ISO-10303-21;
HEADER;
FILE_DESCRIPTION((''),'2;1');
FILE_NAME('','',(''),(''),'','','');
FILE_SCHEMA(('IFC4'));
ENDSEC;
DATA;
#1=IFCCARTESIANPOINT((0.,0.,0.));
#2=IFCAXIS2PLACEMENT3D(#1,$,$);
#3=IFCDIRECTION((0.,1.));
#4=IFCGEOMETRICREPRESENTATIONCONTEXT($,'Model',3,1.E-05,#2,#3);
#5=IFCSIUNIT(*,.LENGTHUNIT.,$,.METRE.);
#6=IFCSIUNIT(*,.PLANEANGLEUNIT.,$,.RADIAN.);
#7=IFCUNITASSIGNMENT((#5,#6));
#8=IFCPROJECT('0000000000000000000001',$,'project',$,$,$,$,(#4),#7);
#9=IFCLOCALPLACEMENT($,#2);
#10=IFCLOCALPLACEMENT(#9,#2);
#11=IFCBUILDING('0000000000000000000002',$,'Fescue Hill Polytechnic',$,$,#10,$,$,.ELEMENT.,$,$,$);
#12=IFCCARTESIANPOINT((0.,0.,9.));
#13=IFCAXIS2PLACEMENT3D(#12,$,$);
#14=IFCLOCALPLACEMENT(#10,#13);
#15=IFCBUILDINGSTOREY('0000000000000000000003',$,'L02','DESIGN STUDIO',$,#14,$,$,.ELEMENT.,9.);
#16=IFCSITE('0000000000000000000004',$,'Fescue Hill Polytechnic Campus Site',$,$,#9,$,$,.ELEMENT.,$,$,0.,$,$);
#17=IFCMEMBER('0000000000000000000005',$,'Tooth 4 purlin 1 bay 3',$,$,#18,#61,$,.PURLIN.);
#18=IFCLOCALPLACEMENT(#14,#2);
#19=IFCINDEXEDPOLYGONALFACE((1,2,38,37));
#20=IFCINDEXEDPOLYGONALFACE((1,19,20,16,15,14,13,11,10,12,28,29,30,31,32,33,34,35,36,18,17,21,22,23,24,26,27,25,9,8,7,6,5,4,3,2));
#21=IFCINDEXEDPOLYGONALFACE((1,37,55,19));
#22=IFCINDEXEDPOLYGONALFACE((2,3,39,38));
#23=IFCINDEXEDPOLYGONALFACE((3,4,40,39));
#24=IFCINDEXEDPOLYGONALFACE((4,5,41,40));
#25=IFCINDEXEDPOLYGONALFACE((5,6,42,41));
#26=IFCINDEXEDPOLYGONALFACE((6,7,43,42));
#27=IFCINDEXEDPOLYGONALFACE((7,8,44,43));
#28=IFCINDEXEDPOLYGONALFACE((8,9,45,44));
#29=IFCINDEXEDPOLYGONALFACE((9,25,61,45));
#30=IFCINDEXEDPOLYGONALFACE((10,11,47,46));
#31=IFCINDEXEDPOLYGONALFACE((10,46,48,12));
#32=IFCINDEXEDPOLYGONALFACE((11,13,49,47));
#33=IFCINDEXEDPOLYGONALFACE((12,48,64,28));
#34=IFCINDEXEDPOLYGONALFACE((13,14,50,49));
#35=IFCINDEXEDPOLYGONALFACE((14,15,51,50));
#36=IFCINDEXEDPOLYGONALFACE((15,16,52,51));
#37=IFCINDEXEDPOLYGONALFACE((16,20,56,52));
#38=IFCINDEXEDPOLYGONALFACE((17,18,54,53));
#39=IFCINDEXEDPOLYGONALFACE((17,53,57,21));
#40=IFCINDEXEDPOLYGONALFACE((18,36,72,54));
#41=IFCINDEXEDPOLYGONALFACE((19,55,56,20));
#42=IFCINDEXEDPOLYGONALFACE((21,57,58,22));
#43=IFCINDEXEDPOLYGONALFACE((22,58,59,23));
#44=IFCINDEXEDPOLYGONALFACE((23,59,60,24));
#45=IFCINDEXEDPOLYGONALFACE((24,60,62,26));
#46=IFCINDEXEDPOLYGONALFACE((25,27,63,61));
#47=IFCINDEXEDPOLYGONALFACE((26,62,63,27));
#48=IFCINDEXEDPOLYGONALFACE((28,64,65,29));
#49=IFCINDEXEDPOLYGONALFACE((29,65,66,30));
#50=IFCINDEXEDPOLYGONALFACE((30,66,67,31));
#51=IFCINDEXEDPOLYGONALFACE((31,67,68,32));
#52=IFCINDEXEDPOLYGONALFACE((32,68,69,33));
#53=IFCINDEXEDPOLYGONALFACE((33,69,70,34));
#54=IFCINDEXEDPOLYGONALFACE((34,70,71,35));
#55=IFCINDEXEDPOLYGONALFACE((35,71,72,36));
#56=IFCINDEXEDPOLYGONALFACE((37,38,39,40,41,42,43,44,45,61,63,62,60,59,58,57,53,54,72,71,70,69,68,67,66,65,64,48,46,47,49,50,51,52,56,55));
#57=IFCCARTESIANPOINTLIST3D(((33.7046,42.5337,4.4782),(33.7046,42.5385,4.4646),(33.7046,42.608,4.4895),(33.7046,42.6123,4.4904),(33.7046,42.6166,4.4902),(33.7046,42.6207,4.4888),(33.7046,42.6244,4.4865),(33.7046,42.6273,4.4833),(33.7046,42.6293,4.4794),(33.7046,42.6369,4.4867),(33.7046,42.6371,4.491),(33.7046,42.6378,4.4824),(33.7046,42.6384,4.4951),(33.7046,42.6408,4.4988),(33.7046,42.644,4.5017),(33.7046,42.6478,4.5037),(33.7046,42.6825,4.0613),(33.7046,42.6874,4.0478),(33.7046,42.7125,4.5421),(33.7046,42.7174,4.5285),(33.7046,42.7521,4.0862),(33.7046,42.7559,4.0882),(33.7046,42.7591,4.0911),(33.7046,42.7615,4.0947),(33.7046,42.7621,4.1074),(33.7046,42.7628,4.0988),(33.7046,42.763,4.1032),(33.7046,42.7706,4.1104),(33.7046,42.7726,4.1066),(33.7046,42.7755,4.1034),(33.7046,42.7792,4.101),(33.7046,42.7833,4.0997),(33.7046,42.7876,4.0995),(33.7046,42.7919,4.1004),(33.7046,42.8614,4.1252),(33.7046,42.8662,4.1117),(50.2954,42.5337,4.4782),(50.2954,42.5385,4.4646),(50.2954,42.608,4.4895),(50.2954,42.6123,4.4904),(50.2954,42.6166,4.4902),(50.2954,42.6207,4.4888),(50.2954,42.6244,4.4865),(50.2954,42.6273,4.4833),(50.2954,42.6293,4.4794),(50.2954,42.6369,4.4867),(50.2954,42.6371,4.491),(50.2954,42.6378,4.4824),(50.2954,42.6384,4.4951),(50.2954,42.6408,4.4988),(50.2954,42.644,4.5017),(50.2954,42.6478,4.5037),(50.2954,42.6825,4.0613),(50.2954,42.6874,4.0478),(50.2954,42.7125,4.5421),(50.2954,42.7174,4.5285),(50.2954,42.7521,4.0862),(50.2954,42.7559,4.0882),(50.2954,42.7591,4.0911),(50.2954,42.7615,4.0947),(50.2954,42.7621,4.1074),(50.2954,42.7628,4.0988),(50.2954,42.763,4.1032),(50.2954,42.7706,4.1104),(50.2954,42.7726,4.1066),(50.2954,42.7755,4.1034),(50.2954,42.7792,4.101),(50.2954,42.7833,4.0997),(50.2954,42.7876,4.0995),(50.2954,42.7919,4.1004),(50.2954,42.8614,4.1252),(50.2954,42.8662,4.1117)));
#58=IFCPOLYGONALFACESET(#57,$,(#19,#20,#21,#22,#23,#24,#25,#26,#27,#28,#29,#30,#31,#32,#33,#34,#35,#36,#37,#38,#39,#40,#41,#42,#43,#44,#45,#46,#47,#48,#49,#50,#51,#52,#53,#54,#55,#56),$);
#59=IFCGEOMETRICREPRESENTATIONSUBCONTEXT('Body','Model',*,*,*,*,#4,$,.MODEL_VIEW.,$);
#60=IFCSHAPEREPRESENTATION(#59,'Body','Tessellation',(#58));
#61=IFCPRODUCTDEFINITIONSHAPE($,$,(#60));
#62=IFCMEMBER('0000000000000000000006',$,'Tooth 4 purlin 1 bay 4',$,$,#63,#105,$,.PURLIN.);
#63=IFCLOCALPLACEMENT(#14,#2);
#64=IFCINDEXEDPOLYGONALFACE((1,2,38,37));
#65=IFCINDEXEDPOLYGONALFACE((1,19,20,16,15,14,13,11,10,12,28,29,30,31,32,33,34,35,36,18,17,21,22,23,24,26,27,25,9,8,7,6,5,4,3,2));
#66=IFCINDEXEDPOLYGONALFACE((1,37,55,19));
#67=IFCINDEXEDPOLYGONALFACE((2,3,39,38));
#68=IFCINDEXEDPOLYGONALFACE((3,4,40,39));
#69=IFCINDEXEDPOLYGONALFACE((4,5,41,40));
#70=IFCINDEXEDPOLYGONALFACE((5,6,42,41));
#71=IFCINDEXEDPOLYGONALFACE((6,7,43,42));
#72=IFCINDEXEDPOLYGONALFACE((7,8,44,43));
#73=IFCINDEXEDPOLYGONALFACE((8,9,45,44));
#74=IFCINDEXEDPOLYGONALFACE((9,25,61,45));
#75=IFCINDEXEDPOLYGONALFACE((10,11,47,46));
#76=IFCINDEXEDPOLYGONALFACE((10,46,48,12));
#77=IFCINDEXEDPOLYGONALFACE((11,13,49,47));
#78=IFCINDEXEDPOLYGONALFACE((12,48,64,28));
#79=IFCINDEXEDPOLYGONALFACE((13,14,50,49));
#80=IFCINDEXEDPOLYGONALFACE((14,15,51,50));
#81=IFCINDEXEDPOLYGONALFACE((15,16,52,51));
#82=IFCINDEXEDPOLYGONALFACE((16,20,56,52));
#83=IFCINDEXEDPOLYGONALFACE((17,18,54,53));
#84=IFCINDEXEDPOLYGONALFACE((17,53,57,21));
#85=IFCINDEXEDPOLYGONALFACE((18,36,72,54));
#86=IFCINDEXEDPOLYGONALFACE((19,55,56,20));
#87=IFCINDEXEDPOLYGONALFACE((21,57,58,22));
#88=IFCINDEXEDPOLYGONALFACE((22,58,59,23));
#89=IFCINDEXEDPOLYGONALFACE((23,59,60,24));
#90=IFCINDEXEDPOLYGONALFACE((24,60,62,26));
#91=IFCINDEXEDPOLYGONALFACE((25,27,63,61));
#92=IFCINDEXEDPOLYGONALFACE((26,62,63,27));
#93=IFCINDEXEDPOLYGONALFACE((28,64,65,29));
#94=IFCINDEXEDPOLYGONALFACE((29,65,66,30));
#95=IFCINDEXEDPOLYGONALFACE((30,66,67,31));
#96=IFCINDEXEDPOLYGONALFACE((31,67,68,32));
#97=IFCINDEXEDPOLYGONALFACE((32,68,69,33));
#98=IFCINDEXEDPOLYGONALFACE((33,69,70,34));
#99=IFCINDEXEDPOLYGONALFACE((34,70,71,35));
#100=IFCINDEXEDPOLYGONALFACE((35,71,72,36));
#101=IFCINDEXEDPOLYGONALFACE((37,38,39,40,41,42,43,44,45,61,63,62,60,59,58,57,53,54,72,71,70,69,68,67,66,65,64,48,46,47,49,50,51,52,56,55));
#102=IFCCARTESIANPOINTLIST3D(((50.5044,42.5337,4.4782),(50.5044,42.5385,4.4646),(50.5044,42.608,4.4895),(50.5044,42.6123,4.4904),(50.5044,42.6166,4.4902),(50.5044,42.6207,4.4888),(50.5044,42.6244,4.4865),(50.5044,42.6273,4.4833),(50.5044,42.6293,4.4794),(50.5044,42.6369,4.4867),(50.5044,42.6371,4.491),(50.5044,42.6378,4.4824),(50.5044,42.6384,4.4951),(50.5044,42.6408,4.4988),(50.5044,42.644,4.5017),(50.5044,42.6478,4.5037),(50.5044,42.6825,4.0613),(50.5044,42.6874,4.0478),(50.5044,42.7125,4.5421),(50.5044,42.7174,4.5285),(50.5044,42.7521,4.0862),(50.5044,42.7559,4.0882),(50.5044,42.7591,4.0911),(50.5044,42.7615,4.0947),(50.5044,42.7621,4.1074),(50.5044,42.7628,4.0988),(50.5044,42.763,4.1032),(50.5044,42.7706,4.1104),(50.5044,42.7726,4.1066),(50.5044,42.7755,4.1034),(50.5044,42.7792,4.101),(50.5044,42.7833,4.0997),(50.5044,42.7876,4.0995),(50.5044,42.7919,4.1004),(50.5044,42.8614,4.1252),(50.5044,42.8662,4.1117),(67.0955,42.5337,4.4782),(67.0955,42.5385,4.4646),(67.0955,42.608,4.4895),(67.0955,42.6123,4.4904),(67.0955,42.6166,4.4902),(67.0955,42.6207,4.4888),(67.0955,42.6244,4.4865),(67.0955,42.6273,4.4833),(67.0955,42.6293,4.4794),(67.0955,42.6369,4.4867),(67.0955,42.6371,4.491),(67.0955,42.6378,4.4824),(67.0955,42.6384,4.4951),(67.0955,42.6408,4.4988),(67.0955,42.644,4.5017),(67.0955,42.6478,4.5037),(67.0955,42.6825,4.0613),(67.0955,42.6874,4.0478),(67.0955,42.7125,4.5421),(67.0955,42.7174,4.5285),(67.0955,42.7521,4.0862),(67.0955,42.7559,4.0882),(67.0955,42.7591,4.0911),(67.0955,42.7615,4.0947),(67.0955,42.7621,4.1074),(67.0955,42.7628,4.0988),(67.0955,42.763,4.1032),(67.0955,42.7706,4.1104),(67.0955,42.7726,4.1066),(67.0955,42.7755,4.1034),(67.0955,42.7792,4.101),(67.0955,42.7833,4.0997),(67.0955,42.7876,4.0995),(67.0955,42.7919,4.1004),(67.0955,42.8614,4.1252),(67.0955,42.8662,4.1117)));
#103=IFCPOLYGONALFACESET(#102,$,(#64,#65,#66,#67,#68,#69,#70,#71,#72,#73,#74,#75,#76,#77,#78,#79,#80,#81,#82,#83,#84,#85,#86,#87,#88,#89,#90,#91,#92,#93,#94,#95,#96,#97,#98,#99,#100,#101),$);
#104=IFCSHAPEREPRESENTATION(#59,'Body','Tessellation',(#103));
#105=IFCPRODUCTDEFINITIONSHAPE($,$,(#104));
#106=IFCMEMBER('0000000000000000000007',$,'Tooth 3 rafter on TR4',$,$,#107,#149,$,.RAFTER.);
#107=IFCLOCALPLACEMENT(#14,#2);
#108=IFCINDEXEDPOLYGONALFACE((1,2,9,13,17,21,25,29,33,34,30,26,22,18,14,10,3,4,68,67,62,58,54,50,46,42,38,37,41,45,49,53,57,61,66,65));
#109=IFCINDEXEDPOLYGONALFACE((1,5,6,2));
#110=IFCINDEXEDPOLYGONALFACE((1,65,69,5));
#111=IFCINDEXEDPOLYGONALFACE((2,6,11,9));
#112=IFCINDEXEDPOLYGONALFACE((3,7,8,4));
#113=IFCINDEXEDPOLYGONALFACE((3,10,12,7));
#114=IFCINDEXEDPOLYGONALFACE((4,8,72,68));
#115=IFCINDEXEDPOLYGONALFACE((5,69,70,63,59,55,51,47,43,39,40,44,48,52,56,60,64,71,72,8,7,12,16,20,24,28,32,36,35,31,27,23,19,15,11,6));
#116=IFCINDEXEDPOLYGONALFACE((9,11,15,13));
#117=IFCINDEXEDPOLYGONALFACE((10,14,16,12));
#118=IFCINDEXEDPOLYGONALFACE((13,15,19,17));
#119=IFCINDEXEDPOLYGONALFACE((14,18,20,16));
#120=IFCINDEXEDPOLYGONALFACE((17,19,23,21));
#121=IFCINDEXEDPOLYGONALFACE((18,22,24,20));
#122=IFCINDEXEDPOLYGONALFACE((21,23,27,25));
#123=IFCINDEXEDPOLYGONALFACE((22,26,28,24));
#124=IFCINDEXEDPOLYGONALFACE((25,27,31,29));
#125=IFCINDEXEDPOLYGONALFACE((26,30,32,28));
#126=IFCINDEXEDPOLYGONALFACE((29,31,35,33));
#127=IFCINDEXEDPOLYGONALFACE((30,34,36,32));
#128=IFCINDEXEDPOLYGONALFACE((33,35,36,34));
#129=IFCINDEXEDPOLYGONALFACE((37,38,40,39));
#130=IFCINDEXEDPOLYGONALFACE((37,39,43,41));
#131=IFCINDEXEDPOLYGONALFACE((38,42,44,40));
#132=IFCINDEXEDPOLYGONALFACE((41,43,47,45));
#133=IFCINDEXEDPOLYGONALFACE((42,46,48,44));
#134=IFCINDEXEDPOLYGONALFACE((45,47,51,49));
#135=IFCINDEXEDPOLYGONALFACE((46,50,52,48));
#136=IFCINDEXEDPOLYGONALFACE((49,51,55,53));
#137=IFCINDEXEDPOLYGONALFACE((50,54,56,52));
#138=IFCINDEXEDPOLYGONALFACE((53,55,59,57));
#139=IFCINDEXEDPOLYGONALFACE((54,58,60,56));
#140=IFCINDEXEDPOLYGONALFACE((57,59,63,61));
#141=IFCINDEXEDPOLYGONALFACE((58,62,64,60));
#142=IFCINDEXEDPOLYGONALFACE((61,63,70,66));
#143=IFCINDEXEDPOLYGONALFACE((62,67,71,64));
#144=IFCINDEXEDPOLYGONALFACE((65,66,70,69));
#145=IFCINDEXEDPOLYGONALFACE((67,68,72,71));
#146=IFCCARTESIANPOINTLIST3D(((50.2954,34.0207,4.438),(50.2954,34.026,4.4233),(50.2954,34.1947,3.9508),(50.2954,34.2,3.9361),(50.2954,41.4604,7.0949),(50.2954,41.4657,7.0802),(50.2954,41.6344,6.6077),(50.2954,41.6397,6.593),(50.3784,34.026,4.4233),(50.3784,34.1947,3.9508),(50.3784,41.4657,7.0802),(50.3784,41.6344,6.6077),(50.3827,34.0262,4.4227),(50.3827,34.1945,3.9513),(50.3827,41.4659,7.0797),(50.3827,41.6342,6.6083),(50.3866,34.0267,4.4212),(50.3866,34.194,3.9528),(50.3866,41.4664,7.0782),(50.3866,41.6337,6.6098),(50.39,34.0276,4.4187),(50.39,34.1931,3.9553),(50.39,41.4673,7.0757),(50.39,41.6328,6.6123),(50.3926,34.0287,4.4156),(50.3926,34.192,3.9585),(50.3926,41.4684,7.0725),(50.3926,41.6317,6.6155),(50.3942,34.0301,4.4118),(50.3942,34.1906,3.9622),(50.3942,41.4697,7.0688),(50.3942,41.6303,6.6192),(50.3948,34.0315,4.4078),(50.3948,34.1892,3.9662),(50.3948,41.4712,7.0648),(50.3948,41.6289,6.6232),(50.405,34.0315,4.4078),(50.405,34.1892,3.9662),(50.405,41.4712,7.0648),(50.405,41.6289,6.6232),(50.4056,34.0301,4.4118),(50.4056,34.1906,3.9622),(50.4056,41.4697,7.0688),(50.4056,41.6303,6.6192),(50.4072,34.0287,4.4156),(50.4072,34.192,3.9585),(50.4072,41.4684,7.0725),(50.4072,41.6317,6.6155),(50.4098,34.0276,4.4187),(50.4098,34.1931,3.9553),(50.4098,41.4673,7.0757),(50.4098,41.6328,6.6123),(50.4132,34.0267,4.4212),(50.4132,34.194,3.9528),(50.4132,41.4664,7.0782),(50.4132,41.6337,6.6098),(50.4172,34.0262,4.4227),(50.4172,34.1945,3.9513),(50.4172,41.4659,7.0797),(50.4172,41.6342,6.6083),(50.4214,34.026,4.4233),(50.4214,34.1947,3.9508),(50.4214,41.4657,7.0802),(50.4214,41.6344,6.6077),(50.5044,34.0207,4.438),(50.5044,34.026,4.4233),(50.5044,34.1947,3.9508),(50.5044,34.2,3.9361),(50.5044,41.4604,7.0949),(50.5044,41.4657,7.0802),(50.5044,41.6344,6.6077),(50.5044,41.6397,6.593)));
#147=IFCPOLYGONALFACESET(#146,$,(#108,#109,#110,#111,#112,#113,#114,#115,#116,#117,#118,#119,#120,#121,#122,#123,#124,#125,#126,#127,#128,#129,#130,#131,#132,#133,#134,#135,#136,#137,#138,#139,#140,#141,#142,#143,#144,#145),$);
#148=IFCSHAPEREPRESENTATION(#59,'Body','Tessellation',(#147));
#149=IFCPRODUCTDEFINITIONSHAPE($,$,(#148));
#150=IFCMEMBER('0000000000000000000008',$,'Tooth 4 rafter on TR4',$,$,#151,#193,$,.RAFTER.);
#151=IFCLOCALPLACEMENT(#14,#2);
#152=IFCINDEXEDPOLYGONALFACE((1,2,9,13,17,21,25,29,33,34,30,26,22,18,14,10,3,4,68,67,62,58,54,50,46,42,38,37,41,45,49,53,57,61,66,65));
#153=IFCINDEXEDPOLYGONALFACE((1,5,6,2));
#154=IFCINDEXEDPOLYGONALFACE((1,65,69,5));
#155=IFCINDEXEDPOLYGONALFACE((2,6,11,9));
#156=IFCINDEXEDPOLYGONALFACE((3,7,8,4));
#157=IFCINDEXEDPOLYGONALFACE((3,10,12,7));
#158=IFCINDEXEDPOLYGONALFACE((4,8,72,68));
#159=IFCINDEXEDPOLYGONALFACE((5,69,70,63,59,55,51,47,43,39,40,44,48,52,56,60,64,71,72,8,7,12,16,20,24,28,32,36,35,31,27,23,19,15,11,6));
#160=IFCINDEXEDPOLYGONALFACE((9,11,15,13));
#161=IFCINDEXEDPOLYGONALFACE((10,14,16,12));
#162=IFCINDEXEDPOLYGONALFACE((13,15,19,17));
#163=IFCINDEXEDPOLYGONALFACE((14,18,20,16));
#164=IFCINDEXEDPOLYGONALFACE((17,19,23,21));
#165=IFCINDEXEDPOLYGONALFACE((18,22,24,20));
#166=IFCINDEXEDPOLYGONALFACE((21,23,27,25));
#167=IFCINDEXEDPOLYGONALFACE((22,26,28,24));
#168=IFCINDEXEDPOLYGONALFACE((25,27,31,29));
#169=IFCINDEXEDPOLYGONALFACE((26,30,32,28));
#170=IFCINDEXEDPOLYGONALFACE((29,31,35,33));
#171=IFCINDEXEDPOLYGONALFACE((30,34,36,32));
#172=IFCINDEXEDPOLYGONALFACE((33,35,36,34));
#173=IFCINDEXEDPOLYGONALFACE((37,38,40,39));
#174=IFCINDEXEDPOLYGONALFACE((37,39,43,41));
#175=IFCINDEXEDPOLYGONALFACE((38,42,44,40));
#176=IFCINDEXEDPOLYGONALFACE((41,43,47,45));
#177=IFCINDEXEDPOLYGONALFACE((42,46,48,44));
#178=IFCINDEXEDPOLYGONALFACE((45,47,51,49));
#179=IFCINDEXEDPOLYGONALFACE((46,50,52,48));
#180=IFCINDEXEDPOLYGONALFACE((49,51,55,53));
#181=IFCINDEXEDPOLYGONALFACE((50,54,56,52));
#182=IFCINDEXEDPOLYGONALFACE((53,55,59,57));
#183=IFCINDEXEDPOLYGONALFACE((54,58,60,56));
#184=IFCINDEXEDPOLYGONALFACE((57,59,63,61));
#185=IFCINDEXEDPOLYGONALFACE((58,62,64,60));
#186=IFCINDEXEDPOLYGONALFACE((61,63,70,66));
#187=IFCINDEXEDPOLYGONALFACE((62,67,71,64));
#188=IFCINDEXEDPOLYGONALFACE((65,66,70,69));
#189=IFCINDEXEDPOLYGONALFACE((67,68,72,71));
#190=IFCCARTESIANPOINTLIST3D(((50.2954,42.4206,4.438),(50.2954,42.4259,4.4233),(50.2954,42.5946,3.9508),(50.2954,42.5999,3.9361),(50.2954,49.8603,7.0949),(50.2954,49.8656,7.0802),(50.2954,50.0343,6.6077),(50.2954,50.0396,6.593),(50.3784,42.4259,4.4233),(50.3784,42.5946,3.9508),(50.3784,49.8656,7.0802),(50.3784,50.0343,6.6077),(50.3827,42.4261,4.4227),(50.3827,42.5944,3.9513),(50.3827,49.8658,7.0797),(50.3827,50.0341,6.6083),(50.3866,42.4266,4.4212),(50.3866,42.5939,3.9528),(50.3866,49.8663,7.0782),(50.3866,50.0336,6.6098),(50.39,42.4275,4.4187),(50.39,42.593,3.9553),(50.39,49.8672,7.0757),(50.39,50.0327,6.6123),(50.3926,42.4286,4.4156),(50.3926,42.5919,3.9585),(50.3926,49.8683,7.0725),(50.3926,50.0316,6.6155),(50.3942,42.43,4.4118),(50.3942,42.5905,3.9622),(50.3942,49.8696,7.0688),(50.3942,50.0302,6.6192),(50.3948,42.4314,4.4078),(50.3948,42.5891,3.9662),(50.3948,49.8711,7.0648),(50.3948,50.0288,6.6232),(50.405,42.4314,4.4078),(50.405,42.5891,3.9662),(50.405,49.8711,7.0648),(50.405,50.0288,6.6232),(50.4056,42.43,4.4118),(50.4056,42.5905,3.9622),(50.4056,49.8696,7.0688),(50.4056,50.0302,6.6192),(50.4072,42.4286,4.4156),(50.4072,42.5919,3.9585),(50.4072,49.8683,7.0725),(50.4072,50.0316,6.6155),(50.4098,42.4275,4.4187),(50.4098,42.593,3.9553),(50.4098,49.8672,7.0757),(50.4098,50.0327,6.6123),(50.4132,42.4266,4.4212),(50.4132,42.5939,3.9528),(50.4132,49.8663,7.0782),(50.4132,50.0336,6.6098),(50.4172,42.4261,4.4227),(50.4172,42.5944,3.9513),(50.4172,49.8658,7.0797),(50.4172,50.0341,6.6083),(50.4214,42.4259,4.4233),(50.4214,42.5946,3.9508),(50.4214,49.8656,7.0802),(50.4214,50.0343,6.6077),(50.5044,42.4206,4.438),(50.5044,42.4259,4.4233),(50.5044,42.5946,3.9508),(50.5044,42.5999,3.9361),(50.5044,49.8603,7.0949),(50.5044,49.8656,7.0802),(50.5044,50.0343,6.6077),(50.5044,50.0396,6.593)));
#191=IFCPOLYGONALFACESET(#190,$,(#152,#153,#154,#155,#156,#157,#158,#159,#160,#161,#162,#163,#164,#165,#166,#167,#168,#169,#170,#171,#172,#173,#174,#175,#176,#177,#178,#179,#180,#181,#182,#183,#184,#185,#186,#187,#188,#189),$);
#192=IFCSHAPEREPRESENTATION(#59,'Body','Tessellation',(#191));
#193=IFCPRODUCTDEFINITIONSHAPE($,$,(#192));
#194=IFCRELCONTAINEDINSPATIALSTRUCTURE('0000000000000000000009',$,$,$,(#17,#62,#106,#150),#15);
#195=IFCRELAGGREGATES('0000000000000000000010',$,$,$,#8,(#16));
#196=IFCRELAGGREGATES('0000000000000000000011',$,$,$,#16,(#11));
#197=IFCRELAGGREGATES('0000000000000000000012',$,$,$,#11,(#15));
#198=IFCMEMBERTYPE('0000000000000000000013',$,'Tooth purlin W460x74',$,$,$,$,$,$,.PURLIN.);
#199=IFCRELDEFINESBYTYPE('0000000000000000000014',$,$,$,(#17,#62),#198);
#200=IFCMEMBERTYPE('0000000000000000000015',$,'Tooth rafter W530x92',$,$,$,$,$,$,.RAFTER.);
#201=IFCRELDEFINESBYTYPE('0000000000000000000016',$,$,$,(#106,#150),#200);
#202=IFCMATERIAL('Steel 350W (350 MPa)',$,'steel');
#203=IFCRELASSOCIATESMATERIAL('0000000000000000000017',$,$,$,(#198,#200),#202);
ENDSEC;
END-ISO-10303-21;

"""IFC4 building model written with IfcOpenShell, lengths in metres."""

from ifc_helpers import new_model, si_unit, direction, frame, origin, origin_2d, place, context, subcontext, project, spatial, i_section, extrude, material, material_profile, profile_set, type_object, element, save


model = new_model("IFC4")

# Units and contexts
model_context = context("Model", 3, precision=1e-05, world=origin(), true_north=direction((0.0, 1.0)))
body_context = subcontext(model_context, "Body", "Model", "MODEL_VIEW")
ifc_project = project(units=[si_unit("LENGTHUNIT", "METRE"), si_unit("PLANEANGLEUNIT", "RADIAN")], contexts=[model_context])

# Site, building, storey
site_placement = place(None, origin())
site = spatial("IfcSite", under=ifc_project, at=site_placement, Name="Fescue Hill Polytechnic Campus Site", CompositionType="ELEMENT", RefElevation=0.0)
building_placement = place(site_placement, origin())
building = spatial("IfcBuilding", under=site, at=building_placement, Name="Fescue Hill Polytechnic", CompositionType="ELEMENT")
storey_placement = place(building_placement, frame((0.0, 0.0, 9.0)))
storey = spatial("IfcBuildingStorey", under=building, at=storey_placement, Name="L02", Description="DESIGN STUDIO", CompositionType="ELEMENT", Elevation=9.0)

# Members
ifc_material = material(Name="Steel 350W (350 MPa)", Category="steel")
ifc_material_profile_1 = material_profile(ifc_material, i_section(OverallWidth=0.1899, OverallDepth=0.457, WebThickness=0.009, FlangeThickness=0.0144, FilletRadius=0.0166, at=origin_2d()), Name="W460x74")
ifc_profile_set_1 = profile_set([ifc_material_profile_1], Name="Steel 350W (350 MPa)")
member_type_1 = type_object("IfcMemberType", Name="Tooth purlin W460x74", PredefinedType="PURLIN", material=ifc_profile_set_1)
member_1_placement = place(storey_placement, frame((33.7046, 42.7, 4.2949), z_axis=(1.0, 0.0, 0.0), x_axis=(0.0, 0.941742, 0.336336)))
element("IfcMember", 1, at=member_1_placement, inside=storey, type_object=member_type_1, Name="Tooth 4 purlin 1 bay 3", PredefinedType="PURLIN", context=body_context, shape_type="SweptSolid", body=[
    extrude(i_section(OverallWidth=0.1899, OverallDepth=0.457, WebThickness=0.009, FlangeThickness=0.0144, FilletRadius=0.0166, at=origin_2d()), origin(), (0.0, 0.0, 1.0), 16.5908),
])
member_2_placement = place(storey_placement, frame((50.5044, 42.7, 4.2949), z_axis=(1.0, 0.0, 0.0), x_axis=(0.0, 0.941742, 0.336336)))
element("IfcMember", 2, at=member_2_placement, inside=storey, type_object=member_type_1, Name="Tooth 4 purlin 1 bay 4", PredefinedType="PURLIN", context=body_context, shape_type="SweptSolid", body=[
    extrude(i_section(OverallWidth=0.1899, OverallDepth=0.457, WebThickness=0.009, FlangeThickness=0.0144, FilletRadius=0.0166, at=origin_2d()), origin(), (0.0, 0.0, 1.0), 16.5911),
])
ifc_material_profile_2 = material_profile(ifc_material, i_section(OverallWidth=0.209, OverallDepth=0.533, WebThickness=0.0103, FlangeThickness=0.0156, FilletRadius=0.0164, at=origin_2d()), Name="W530x92")
ifc_profile_set_2 = profile_set([ifc_material_profile_2], Name="Steel 350W (350 MPa)")
member_type_2 = type_object("IfcMemberType", Name="Tooth rafter W530x92", PredefinedType="RAFTER", material=ifc_profile_set_2)
for number, where, z_axis, x_axis, name in (
    (3, (50.3999, 34.1104, 4.187), (0.0, 0.941744, 0.336331), (-1.0, 0.0, 0.0), "Tooth 3 rafter on TR4"),
    (4, (50.3999, 42.5103, 4.187), (0.0, 0.941744, 0.336331), (-1.0, 0.0, 0.0), "Tooth 4 rafter on TR4"),
):
    element("IfcMember", number, at=place(storey_placement, frame(where, z_axis=z_axis, x_axis=x_axis)), inside=storey, type_object=member_type_2, Name=name, PredefinedType="RAFTER", context=body_context, shape_type="SweptSolid", body=[
        extrude(i_section(OverallWidth=0.209, OverallDepth=0.533, WebThickness=0.0103, FlangeThickness=0.0156, FilletRadius=0.0164, at=origin_2d()), origin(), (0.0, 0.0, 1.0), 7.8999),
    ])

save(model, "model.ifc")
